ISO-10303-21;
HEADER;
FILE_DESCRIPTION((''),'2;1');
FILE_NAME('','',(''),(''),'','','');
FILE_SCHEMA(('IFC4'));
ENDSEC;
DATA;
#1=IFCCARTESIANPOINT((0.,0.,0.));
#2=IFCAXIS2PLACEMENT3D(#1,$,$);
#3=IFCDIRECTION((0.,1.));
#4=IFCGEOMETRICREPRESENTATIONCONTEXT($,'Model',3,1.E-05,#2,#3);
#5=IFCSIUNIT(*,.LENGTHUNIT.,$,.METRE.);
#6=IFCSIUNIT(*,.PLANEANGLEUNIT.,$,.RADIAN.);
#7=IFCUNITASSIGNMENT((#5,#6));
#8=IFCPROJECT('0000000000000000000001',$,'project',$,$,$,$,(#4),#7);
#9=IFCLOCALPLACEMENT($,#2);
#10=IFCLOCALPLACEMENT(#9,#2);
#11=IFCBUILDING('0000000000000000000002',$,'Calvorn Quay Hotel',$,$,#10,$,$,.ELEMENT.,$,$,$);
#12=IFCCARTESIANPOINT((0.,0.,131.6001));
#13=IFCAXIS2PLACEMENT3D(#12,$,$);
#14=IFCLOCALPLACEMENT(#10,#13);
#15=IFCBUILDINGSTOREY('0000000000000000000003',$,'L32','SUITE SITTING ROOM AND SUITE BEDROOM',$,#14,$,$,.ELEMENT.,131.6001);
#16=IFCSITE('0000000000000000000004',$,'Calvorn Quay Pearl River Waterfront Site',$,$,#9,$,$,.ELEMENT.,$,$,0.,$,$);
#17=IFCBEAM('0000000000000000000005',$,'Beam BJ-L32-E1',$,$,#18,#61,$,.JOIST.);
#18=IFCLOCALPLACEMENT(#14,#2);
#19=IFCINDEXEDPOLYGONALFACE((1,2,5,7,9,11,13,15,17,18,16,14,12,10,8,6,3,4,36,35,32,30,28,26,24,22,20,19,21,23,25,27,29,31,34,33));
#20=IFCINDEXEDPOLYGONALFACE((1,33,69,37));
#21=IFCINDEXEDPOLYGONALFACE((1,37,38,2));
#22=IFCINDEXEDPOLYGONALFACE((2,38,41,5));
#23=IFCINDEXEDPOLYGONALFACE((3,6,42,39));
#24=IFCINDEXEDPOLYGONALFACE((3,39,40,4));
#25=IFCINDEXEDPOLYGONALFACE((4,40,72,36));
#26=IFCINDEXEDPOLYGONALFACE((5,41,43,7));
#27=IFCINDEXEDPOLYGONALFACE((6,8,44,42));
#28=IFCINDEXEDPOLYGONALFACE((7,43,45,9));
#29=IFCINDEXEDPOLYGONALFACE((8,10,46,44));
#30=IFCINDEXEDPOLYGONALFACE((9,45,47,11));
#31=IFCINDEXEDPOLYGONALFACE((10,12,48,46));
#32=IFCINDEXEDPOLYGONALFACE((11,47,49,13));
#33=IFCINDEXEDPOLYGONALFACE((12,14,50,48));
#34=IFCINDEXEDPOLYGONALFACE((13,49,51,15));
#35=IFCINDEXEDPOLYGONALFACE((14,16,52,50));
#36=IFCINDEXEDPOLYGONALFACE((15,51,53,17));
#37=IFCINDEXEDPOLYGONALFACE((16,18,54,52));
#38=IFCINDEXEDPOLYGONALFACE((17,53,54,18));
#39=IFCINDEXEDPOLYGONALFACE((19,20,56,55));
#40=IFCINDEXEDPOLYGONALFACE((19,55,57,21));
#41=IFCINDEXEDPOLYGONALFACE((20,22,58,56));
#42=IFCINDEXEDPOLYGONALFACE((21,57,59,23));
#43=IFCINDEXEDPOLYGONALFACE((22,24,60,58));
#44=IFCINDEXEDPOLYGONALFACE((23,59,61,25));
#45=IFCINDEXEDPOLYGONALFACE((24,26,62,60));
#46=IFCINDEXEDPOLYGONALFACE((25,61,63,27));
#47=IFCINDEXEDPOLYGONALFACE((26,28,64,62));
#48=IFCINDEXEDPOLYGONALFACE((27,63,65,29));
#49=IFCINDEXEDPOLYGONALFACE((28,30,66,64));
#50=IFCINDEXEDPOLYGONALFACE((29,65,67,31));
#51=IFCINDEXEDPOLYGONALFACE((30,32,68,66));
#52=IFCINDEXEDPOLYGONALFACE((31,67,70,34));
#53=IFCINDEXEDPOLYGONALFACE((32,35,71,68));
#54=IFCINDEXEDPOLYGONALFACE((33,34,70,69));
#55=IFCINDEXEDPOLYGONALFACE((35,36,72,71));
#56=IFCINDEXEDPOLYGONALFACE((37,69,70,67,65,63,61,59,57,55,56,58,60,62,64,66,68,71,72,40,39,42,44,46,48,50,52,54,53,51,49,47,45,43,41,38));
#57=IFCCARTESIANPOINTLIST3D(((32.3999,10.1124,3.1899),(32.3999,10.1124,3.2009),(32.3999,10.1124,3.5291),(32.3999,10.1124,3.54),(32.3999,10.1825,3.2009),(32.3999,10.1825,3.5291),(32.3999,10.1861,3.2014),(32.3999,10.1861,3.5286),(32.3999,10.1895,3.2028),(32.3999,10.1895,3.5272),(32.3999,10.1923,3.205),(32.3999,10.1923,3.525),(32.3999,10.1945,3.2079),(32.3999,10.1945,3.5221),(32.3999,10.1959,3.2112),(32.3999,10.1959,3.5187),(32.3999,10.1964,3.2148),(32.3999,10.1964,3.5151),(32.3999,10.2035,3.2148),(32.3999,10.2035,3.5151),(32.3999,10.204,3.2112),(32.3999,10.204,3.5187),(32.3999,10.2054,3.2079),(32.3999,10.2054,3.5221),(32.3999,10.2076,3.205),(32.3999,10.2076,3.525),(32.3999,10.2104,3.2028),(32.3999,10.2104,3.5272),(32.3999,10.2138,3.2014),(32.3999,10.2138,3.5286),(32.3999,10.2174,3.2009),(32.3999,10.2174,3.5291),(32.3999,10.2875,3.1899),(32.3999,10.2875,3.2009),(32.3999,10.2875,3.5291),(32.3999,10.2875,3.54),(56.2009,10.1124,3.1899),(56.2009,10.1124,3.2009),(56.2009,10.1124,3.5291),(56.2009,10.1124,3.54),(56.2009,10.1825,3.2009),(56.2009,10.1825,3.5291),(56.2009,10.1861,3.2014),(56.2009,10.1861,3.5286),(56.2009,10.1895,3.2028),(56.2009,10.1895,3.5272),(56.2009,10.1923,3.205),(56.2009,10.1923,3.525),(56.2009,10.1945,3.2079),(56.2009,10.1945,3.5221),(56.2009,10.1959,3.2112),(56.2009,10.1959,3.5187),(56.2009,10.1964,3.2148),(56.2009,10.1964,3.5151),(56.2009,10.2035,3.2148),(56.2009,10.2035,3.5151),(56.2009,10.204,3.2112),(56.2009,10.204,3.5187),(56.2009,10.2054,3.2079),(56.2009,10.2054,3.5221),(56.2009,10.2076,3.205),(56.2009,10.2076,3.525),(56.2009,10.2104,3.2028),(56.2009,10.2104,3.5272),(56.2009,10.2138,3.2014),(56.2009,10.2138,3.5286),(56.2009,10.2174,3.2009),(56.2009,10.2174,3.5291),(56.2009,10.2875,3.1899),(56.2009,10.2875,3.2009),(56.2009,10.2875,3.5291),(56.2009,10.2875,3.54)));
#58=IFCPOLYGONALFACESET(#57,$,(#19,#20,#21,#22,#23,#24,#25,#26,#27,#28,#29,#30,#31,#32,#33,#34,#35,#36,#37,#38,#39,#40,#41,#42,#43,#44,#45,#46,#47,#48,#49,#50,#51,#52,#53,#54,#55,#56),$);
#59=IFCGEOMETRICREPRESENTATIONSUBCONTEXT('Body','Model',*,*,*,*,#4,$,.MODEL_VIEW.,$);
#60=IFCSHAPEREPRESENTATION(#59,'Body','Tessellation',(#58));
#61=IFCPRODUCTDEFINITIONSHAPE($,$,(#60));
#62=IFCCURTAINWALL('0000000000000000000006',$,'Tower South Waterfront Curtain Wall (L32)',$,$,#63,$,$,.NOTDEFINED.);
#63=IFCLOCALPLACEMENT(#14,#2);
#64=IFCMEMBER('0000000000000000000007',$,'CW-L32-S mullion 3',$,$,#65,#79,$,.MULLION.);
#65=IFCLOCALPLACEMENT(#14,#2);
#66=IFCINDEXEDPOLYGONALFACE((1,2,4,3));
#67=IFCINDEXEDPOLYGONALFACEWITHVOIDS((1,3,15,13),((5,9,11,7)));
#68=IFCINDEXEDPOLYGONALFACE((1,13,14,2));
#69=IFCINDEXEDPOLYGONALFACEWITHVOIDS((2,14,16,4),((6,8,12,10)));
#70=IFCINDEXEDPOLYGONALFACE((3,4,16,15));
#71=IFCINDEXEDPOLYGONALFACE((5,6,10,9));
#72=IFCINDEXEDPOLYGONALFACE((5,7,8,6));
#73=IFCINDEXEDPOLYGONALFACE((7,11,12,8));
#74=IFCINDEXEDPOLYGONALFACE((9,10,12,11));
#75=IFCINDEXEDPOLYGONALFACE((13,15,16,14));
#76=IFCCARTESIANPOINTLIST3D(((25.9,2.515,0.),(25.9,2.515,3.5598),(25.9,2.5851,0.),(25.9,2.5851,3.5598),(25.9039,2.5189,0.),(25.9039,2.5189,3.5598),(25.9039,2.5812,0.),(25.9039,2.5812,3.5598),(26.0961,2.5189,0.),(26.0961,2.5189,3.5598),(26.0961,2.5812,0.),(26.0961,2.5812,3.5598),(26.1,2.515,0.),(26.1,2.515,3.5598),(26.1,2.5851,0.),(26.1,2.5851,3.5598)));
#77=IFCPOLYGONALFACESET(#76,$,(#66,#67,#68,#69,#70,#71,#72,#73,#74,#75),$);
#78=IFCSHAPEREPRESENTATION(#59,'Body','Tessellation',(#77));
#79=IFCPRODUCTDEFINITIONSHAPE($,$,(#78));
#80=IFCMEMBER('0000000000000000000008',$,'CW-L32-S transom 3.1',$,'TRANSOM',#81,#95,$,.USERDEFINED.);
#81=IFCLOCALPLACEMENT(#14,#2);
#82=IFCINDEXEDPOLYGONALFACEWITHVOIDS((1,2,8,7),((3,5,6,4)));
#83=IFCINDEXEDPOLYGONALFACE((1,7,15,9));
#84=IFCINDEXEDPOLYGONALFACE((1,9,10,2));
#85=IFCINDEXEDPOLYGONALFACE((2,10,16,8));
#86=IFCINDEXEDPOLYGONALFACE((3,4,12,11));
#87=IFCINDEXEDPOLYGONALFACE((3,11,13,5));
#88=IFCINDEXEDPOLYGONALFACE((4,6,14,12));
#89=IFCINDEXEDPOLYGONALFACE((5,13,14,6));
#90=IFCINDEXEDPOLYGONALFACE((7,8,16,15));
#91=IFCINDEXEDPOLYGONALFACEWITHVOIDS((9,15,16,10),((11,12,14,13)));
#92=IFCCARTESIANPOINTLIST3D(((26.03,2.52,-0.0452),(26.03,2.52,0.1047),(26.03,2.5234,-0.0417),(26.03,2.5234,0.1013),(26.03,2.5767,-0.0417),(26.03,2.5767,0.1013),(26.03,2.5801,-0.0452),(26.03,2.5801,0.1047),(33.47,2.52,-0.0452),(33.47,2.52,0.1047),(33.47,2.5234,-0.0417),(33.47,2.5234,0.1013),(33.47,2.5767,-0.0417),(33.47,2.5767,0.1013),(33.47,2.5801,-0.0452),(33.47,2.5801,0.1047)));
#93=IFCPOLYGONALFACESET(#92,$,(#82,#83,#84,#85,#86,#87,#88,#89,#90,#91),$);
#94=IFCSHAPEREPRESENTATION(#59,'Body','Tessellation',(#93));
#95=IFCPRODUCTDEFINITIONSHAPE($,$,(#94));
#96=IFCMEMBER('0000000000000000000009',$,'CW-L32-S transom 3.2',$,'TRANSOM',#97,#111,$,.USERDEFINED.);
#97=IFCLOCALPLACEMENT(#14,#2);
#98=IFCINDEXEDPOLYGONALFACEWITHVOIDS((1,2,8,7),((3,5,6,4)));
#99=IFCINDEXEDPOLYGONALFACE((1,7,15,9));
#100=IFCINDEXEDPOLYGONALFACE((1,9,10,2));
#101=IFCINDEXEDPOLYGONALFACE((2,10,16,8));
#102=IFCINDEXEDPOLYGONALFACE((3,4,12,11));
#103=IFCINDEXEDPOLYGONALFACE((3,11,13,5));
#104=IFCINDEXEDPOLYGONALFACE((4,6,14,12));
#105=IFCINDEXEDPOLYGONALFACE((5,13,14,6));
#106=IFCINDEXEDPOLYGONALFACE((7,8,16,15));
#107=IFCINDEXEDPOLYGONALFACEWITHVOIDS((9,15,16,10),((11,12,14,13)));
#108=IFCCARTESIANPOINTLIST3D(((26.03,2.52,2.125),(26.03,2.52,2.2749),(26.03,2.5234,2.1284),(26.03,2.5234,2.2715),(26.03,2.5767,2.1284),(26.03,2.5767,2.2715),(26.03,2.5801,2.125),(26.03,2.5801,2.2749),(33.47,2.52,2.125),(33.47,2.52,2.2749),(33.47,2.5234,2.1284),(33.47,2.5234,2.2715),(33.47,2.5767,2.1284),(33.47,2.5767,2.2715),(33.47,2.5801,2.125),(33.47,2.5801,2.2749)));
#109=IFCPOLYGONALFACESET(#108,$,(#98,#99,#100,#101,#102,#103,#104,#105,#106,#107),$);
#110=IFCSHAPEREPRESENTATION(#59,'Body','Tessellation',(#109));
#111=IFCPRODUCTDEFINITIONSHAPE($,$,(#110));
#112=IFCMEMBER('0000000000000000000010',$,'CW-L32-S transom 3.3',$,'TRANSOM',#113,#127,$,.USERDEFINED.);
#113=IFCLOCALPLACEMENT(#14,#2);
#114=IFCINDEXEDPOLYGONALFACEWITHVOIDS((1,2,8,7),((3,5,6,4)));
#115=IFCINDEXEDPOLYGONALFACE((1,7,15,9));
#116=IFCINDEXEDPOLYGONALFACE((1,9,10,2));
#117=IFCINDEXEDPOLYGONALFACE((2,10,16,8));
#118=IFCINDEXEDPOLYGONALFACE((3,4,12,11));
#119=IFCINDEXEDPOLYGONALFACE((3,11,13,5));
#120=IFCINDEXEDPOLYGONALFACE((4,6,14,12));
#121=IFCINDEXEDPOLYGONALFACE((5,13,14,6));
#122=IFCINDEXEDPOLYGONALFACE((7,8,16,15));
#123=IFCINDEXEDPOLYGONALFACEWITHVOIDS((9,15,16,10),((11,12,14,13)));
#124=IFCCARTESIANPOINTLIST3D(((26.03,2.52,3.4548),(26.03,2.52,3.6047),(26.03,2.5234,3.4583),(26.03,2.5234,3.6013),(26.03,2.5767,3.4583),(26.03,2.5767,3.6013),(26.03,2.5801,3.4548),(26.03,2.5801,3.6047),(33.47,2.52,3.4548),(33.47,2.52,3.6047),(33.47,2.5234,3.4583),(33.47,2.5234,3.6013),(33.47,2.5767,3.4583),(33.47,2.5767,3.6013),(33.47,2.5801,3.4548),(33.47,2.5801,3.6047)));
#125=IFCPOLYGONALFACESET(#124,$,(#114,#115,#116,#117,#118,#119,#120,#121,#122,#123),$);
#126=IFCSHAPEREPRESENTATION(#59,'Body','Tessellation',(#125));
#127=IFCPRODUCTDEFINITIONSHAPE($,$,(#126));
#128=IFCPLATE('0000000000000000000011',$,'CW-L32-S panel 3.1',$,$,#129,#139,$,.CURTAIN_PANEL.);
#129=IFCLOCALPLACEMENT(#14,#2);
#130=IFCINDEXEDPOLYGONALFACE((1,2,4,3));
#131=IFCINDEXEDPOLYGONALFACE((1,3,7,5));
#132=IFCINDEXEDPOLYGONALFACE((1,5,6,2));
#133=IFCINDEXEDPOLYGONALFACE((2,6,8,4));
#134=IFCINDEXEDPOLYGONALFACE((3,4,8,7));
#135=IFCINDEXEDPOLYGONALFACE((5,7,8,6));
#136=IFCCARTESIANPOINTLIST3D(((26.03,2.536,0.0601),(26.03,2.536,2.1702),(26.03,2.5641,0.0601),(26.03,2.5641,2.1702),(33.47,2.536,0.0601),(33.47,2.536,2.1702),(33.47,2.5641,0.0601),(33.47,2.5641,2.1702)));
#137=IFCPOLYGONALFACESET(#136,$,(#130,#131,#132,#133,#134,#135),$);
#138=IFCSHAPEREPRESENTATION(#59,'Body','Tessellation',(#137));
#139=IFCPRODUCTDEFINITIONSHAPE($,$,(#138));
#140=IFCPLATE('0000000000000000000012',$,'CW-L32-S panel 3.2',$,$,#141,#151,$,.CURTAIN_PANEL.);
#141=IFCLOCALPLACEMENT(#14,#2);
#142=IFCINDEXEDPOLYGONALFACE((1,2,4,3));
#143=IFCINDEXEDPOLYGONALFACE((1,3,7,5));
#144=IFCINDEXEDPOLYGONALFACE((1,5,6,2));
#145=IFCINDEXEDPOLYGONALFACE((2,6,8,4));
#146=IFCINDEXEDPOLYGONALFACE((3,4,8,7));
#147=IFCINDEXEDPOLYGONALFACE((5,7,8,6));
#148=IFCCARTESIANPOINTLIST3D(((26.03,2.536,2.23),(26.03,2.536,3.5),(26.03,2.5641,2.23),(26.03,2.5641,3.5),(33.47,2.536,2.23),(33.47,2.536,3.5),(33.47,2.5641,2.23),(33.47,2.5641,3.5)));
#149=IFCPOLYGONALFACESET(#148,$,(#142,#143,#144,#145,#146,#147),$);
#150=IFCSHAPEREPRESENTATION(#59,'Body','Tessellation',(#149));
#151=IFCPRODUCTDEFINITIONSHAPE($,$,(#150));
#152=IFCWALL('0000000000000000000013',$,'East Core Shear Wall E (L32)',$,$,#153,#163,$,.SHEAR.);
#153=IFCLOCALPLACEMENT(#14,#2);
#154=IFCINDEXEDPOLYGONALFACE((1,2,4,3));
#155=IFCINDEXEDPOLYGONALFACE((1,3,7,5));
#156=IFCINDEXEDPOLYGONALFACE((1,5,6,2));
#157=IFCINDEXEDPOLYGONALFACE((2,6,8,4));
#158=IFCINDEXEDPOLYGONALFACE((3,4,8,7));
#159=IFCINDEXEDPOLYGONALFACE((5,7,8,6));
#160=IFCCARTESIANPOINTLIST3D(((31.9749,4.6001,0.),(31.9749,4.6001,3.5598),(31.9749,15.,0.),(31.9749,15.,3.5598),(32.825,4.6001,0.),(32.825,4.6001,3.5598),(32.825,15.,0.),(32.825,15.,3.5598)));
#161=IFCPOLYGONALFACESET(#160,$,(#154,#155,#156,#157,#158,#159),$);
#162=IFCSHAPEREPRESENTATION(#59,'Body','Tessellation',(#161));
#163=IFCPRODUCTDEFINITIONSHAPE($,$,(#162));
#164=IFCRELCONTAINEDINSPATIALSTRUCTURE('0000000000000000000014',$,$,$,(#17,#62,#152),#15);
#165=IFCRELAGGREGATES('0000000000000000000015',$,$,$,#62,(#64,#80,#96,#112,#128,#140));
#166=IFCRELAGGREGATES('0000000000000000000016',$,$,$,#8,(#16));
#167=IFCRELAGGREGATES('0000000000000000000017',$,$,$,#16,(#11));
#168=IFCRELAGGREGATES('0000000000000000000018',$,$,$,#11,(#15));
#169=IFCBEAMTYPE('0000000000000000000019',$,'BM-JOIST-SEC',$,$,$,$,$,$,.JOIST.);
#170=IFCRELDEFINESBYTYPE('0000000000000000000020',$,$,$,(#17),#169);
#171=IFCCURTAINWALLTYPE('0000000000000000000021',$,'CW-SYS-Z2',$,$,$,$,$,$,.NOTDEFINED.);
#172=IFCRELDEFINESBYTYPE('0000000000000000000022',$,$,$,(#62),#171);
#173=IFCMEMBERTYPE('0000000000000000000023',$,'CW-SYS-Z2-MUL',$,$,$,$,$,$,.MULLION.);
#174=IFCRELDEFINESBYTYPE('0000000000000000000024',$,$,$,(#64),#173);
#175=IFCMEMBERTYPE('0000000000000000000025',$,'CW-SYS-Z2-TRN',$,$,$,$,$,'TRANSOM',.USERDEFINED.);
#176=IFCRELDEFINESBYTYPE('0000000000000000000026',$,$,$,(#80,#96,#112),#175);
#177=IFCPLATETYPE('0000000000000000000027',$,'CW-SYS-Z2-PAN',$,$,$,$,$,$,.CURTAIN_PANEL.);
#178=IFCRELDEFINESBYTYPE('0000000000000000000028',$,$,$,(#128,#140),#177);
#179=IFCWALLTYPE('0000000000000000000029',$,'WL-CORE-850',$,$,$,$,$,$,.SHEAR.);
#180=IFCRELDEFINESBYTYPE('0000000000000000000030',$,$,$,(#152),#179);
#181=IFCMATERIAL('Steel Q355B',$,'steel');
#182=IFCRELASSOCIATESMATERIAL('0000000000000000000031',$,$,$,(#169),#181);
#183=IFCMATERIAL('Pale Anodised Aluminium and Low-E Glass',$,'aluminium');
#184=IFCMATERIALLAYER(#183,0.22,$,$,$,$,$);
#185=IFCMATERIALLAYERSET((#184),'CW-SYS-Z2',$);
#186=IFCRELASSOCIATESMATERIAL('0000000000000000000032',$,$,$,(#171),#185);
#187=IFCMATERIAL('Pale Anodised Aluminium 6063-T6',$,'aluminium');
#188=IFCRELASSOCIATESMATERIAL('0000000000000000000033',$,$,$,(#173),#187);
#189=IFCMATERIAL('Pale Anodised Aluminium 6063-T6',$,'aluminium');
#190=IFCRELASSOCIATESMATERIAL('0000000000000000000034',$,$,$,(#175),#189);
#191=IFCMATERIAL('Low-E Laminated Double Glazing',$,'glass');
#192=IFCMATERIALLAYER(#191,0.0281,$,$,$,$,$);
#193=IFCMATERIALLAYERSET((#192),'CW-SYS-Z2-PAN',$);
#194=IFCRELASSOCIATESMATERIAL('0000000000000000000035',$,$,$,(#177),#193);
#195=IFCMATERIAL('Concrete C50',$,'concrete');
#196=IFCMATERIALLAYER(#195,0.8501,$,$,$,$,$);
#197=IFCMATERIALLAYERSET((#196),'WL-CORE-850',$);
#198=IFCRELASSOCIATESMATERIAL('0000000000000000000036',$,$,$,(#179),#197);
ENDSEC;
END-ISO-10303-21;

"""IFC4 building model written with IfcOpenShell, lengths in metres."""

from ifc_helpers import new_model, si_unit, direction, frame, frame_2d, origin, origin_2d, place, context, subcontext, project, spatial, rectangle, hollow_rectangle, i_section, extrude, material, layer, layer_set, material_profile, profile_set, type_object, element, aggregate, save


model = new_model("IFC4")

# Units and contexts
model_context = context("Model", 3, precision=1e-05, world=origin(), true_north=direction((0.0, 1.0)))
body_context = subcontext(model_context, "Body", "Model", "MODEL_VIEW")
ifc_project = project(units=[si_unit("LENGTHUNIT", "METRE"), si_unit("PLANEANGLEUNIT", "RADIAN")], contexts=[model_context])

# Site, building, storey
site_placement = place(None, origin())
site = spatial("IfcSite", under=ifc_project, at=site_placement, Name="Calvorn Quay Pearl River Waterfront Site", CompositionType="ELEMENT", RefElevation=0.0)
building_placement = place(site_placement, origin())
building = spatial("IfcBuilding", under=site, at=building_placement, Name="Calvorn Quay Hotel", CompositionType="ELEMENT")
storey_placement = place(building_placement, frame((0.0, 0.0, 131.6001)))
storey = spatial("IfcBuildingStorey", under=building, at=storey_placement, Name="L32", Description="SUITE SITTING ROOM AND SUITE BEDROOM", CompositionType="ELEMENT", Elevation=131.6001)

# Beam
ifc_material_1 = material(Name="Steel Q355B", Category="steel")
ifc_material_profile_1 = material_profile(ifc_material_1, i_section(OverallWidth=0.175, OverallDepth=0.3501, WebThickness=0.0071, FlangeThickness=0.011, FilletRadius=0.0139, at=origin_2d()), Name="HN350x175x7x11")
ifc_profile_set_1 = profile_set([ifc_material_profile_1], Name="Steel Q355B")
beam_type = type_object("IfcBeamType", Name="BM-JOIST-SEC", PredefinedType="JOIST", material=ifc_profile_set_1)
beam_placement = place(storey_placement, frame((32.3999, 10.2, 3.365), z_axis=(1.0, 0.0, 0.0), x_axis=(0.0, 1.0, 0.0)))
element("IfcBeam", 1, at=beam_placement, inside=storey, type_object=beam_type, Name="Beam BJ-L32-E1", PredefinedType="JOIST", context=body_context, shape_type="SweptSolid", body=[
    extrude(i_section(OverallWidth=0.175, OverallDepth=0.3501, WebThickness=0.0071, FlangeThickness=0.011, FilletRadius=0.0139, at=origin_2d()), origin(), (0.0, 0.0, 1.0), 23.801),
])

# Curtain wall, members, plates
ifc_material_2 = material(Name="Pale Anodised Aluminium and Low-E Glass", Category="aluminium")
ifc_layer_1 = layer(ifc_material_2, 0.22)
ifc_layer_set_1 = layer_set([ifc_layer_1], Name="CW-SYS-Z2")
curtain_wall_type = type_object("IfcCurtainWallType", Name="CW-SYS-Z2", PredefinedType="NOTDEFINED", material=ifc_layer_set_1)
curtain_wall_placement = place(storey_placement, origin())
curtain_wall = element("IfcCurtainWall", 2, at=curtain_wall_placement, inside=storey, type_object=curtain_wall_type, Name="Tower South Waterfront Curtain Wall (L32)", PredefinedType="NOTDEFINED")
ifc_material_3 = material(Name="Pale Anodised Aluminium 6063-T6", Category="aluminium")
ifc_material_profile_2 = material_profile(ifc_material_3, hollow_rectangle(XDim=0.0701, YDim=0.2, WallThickness=0.0039, at=origin_2d()), Name="ALU-M200x70x4")
ifc_profile_set_2 = profile_set([ifc_material_profile_2], Name="Pale Anodised Aluminium 6063-T6")
member_type_1 = type_object("IfcMemberType", Name="CW-SYS-Z2-MUL", PredefinedType="MULLION", material=ifc_profile_set_2)
member_1_placement = place(storey_placement, frame((26.0, 2.55, 0.0), z_axis=(0.0, 0.0, 1.0), x_axis=(0.0, 1.0, 0.0)))
member_1 = element("IfcMember", 3, at=member_1_placement, type_object=member_type_1, Name="CW-L32-S mullion 3", PredefinedType="MULLION", context=body_context, shape_type="SweptSolid", body=[
    extrude(hollow_rectangle(XDim=0.0701, YDim=0.2, WallThickness=0.0039, at=origin_2d()), origin(), (0.0, 0.0, 1.0), 3.5598),
])
ifc_material_4 = material(Name="Pale Anodised Aluminium 6063-T6", Category="aluminium")
ifc_material_profile_3 = material_profile(ifc_material_4, hollow_rectangle(XDim=0.0601, YDim=0.1499, WallThickness=0.0034, at=origin_2d()), Name="ALU-T150x60x3.5")
ifc_profile_set_3 = profile_set([ifc_material_profile_3], Name="Pale Anodised Aluminium 6063-T6")
member_type_2 = type_object("IfcMemberType", Name="CW-SYS-Z2-TRN", ElementType="TRANSOM", PredefinedType="USERDEFINED", material=ifc_profile_set_3)
member_2_placement = place(storey_placement, frame((26.03, 2.55, 0.0298), z_axis=(1.0, 0.0, 0.0), x_axis=(0.0, 1.0, 0.0)))
member_2 = element("IfcMember", 4, at=member_2_placement, type_object=member_type_2, Name="CW-L32-S transom 3.1", ObjectType="TRANSOM", PredefinedType="USERDEFINED", context=body_context, shape_type="SweptSolid", body=[
    extrude(hollow_rectangle(XDim=0.0601, YDim=0.1499, WallThickness=0.0034, at=origin_2d()), origin(), (0.0, 0.0, 1.0), 7.4399),
])
member_3_placement = place(storey_placement, frame((26.03, 2.55, 2.2), z_axis=(1.0, 0.0, 0.0), x_axis=(0.0, 1.0, 0.0)))
member_3 = element("IfcMember", 5, at=member_3_placement, type_object=member_type_2, Name="CW-L32-S transom 3.2", ObjectType="TRANSOM", PredefinedType="USERDEFINED", context=body_context, shape_type="SweptSolid", body=[
    extrude(hollow_rectangle(XDim=0.0601, YDim=0.1499, WallThickness=0.0034, at=origin_2d()), origin(), (0.0, 0.0, 1.0), 7.4399),
])
member_4_placement = place(storey_placement, frame((26.03, 2.55, 3.5298), z_axis=(1.0, 0.0, 0.0), x_axis=(0.0, 1.0, 0.0)))
member_4 = element("IfcMember", 6, at=member_4_placement, type_object=member_type_2, Name="CW-L32-S transom 3.3", ObjectType="TRANSOM", PredefinedType="USERDEFINED", context=body_context, shape_type="SweptSolid", body=[
    extrude(hollow_rectangle(XDim=0.0601, YDim=0.1499, WallThickness=0.0034, at=origin_2d()), origin(), (0.0, 0.0, 1.0), 7.4399),
])
ifc_material_5 = material(Name="Low-E Laminated Double Glazing", Category="glass")
ifc_layer_2 = layer(ifc_material_5, 0.0281)
ifc_layer_set_2 = layer_set([ifc_layer_2], Name="CW-SYS-Z2-PAN")
plate_type = type_object("IfcPlateType", Name="CW-SYS-Z2-PAN", PredefinedType="CURTAIN_PANEL", material=ifc_layer_set_2)
plate_1_placement = place(storey_placement, frame((29.75, 2.55, 0.0601), z_axis=(0.0, 0.0, 1.0), x_axis=(1.0, 0.0, 0.0)))
plate_1 = element("IfcPlate", 7, at=plate_1_placement, type_object=plate_type, Name="CW-L32-S panel 3.1", PredefinedType="CURTAIN_PANEL", context=body_context, shape_type="SweptSolid", body=[
    extrude(rectangle(XDim=7.4399, YDim=0.0281, at=origin_2d()), origin(), (0.0, 0.0, 1.0), 2.1101),
])
plate_2_placement = place(storey_placement, frame((29.75, 2.55, 2.23), z_axis=(0.0, 0.0, 1.0), x_axis=(1.0, 0.0, 0.0)))
plate_2 = element("IfcPlate", 8, at=plate_2_placement, type_object=plate_type, Name="CW-L32-S panel 3.2", PredefinedType="CURTAIN_PANEL", context=body_context, shape_type="SweptSolid", body=[
    extrude(rectangle(XDim=7.4399, YDim=0.0281, at=origin_2d()), origin(), (0.0, 0.0, 1.0), 1.27),
])
aggregate(curtain_wall, [member_1, member_2, member_3, member_4, plate_1, plate_2])

# Wall
ifc_material_6 = material(Name="Concrete C50", Category="concrete")
ifc_layer_3 = layer(ifc_material_6, 0.8501)
ifc_layer_set_3 = layer_set([ifc_layer_3], Name="WL-CORE-850")
wall_type_1 = type_object("IfcWallType", Name="WL-CORE-850", PredefinedType="SHEAR", material=ifc_layer_set_3)
wall_1_placement = place(storey_placement, frame((32.3999, 4.6001, 0.0), z_axis=(0.0, 0.0, 1.0), x_axis=(0.0, 1.0, 0.0)))
element("IfcWall", 9, at=wall_1_placement, inside=storey, type_object=wall_type_1, Name="East Core Shear Wall E (L32)", PredefinedType="SHEAR", context=body_context, shape_type="SweptSolid", body=[
    extrude(rectangle(XDim=10.3999, YDim=0.8501, at=frame_2d((5.2, 0.0))), origin(), (0.0, 0.0, 1.0), 3.5598),
])

save(model, "model.ifc")
